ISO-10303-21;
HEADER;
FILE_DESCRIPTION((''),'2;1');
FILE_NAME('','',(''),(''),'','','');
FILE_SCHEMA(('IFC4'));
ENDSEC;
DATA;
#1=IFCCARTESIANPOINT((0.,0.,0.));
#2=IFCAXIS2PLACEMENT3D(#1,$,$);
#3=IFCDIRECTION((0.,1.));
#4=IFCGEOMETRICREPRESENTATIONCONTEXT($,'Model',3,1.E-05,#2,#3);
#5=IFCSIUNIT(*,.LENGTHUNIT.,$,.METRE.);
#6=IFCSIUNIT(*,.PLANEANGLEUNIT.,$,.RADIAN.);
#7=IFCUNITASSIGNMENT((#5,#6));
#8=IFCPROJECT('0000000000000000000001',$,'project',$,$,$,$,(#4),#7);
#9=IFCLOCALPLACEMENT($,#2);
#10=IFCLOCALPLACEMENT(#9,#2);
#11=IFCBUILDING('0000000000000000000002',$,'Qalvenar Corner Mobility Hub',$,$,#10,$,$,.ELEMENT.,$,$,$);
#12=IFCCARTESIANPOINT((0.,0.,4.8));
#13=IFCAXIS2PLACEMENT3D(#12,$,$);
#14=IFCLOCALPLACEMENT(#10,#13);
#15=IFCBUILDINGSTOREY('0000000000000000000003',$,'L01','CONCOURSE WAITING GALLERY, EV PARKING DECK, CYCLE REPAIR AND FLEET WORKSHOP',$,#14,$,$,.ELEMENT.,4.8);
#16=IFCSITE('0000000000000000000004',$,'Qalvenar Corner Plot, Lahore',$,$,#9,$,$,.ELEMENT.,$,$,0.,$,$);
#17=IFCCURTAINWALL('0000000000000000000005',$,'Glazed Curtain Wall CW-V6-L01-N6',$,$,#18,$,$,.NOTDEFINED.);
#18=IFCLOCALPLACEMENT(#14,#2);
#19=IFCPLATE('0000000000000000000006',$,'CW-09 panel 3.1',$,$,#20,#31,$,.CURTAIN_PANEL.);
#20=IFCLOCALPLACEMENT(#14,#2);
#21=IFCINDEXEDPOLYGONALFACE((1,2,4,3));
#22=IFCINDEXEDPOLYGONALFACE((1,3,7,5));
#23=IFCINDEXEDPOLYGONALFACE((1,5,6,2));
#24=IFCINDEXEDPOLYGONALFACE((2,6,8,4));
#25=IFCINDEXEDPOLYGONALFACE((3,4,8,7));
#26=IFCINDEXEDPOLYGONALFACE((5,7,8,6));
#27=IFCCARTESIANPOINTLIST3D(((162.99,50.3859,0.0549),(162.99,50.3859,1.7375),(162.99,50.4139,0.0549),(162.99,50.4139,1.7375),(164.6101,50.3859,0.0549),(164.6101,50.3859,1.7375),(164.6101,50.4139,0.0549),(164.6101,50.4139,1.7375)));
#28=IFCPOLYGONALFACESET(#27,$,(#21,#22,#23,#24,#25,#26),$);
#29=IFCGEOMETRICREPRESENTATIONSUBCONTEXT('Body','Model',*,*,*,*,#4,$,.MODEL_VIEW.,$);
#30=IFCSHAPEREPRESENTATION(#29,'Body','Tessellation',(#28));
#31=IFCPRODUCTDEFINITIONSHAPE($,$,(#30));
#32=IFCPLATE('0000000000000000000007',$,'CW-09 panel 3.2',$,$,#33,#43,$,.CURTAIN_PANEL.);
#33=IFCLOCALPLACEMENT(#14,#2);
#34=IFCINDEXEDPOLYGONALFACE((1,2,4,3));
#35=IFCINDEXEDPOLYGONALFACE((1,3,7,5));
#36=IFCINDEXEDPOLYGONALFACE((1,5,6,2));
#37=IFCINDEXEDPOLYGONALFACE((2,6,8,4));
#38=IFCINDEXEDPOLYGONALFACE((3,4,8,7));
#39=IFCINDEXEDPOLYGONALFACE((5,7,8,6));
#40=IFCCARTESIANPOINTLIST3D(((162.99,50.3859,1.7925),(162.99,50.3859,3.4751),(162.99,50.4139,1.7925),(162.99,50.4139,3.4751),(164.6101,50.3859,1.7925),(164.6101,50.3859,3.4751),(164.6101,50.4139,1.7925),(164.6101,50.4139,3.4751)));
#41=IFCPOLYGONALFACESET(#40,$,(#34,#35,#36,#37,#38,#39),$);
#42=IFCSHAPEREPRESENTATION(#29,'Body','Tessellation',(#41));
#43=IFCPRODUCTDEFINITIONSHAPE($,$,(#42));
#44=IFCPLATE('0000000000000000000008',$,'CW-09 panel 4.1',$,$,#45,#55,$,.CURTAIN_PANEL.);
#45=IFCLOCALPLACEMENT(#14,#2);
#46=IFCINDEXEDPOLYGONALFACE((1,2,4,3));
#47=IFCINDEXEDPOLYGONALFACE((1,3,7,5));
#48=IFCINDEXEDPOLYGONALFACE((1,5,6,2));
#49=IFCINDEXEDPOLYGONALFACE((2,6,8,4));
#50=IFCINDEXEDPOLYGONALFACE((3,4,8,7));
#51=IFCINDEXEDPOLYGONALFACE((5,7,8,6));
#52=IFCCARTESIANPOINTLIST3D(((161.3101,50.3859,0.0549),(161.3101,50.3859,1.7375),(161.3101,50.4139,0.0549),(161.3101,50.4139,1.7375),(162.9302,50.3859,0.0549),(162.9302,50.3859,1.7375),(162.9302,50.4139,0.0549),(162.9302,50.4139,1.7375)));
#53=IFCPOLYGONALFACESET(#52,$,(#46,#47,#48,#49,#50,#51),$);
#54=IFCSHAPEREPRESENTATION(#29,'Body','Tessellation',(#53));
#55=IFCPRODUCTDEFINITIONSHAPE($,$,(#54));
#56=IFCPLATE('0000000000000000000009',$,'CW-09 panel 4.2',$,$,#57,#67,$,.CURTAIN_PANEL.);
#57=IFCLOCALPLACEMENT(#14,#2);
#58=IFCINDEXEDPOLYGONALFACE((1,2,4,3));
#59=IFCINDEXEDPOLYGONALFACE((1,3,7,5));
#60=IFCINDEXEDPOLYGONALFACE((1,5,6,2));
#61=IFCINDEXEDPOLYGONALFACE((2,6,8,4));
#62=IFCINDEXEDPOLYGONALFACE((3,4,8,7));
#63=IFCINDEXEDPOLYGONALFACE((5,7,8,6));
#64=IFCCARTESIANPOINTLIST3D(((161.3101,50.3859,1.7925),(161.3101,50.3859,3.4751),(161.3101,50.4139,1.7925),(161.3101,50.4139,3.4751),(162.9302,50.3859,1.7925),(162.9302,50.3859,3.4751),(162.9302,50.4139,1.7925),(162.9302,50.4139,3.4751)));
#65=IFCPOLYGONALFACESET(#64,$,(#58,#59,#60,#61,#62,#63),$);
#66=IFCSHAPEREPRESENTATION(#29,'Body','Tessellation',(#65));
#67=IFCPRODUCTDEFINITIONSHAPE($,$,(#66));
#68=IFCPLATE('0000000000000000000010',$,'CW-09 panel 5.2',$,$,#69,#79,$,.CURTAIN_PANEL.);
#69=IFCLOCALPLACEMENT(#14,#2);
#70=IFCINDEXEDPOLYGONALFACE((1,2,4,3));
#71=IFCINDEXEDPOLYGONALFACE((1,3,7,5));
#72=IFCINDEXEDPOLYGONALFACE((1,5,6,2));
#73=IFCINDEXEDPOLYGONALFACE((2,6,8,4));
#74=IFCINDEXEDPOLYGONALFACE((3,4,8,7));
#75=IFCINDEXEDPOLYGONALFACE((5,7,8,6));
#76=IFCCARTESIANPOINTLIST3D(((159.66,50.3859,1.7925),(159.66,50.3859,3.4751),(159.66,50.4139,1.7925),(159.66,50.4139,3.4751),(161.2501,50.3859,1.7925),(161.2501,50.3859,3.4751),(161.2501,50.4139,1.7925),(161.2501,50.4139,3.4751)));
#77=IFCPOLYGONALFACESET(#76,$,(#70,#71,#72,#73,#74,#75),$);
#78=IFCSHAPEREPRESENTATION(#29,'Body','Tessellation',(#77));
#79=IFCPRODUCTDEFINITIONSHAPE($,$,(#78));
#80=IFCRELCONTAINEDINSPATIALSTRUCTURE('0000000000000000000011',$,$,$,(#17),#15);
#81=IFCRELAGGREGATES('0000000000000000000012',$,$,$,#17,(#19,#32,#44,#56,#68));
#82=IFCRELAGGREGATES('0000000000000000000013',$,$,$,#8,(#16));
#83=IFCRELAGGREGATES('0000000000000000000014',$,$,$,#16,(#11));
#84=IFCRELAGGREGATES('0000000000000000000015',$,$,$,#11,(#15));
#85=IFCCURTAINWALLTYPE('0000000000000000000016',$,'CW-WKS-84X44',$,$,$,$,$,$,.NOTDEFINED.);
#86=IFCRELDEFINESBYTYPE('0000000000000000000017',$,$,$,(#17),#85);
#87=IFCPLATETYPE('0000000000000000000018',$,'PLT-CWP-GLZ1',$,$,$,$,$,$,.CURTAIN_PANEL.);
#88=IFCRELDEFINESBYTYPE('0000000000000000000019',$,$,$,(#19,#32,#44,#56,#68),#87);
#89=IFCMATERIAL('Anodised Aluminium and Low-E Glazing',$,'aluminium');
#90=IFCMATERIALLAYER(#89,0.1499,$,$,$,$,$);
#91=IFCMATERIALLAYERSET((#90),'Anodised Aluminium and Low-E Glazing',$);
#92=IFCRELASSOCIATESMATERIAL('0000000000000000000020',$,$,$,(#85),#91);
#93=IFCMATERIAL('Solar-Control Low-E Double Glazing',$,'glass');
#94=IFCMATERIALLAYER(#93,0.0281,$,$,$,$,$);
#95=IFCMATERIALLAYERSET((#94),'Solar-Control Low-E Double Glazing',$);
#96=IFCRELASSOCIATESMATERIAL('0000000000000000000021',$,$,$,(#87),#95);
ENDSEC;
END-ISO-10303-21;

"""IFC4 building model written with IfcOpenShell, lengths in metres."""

from ifc_helpers import new_model, si_unit, direction, frame, origin, origin_2d, place, context, subcontext, project, spatial, rectangle, extrude, material, layer, layer_set, type_object, element, aggregate, save


model = new_model("IFC4")

# Units and contexts
model_context = context("Model", 3, precision=1e-05, world=origin(), true_north=direction((0.0, 1.0)))
body_context = subcontext(model_context, "Body", "Model", "MODEL_VIEW")
ifc_project = project(units=[si_unit("LENGTHUNIT", "METRE"), si_unit("PLANEANGLEUNIT", "RADIAN")], contexts=[model_context])

# Site, building, storey
site_placement = place(None, origin())
site = spatial("IfcSite", under=ifc_project, at=site_placement, Name="Qalvenar Corner Plot, Lahore", CompositionType="ELEMENT", RefElevation=0.0)
building_placement = place(site_placement, origin())
building = spatial("IfcBuilding", under=site, at=building_placement, Name="Qalvenar Corner Mobility Hub", CompositionType="ELEMENT")
storey_placement = place(building_placement, frame((0.0, 0.0, 4.8)))
storey = spatial("IfcBuildingStorey", under=building, at=storey_placement, Name="L01", Description="CONCOURSE WAITING GALLERY, EV PARKING DECK, CYCLE REPAIR AND FLEET WORKSHOP", CompositionType="ELEMENT", Elevation=4.8)

# Curtain wall, plates
ifc_material_1 = material(Name="Anodised Aluminium and Low-E Glazing", Category="aluminium")
ifc_layer_1 = layer(ifc_material_1, 0.1499)
ifc_layer_set_1 = layer_set([ifc_layer_1], Name="Anodised Aluminium and Low-E Glazing")
curtain_wall_type = type_object("IfcCurtainWallType", Name="CW-WKS-84X44", PredefinedType="NOTDEFINED", material=ifc_layer_set_1)
curtain_wall_placement = place(storey_placement, origin())
curtain_wall = element("IfcCurtainWall", 1, at=curtain_wall_placement, inside=storey, type_object=curtain_wall_type, Name="Glazed Curtain Wall CW-V6-L01-N6", PredefinedType="NOTDEFINED")
ifc_material_2 = material(Name="Solar-Control Low-E Double Glazing", Category="glass")
ifc_layer_2 = layer(ifc_material_2, 0.0281)
ifc_layer_set_2 = layer_set([ifc_layer_2], Name="Solar-Control Low-E Double Glazing")
plate_type = type_object("IfcPlateType", Name="PLT-CWP-GLZ1", PredefinedType="CURTAIN_PANEL", material=ifc_layer_set_2)
plate_1_placement = place(storey_placement, frame((163.8, 50.3999, 0.0549), z_axis=(0.0, 0.0, 1.0), x_axis=(-1.0, 0.0, 0.0)))
plate_1 = element("IfcPlate", 2, at=plate_1_placement, type_object=plate_type, Name="CW-09 panel 3.1", PredefinedType="CURTAIN_PANEL", context=body_context, shape_type="SweptSolid", body=[
    extrude(rectangle(XDim=1.6201, YDim=0.0281, at=origin_2d()), origin(), (0.0, 0.0, 1.0), 1.6826),
])
plate_2_placement = place(storey_placement, frame((163.8, 50.3999, 1.7925), z_axis=(0.0, 0.0, 1.0), x_axis=(-1.0, 0.0, 0.0)))
plate_2 = element("IfcPlate", 3, at=plate_2_placement, type_object=plate_type, Name="CW-09 panel 3.2", PredefinedType="CURTAIN_PANEL", context=body_context, shape_type="SweptSolid", body=[
    extrude(rectangle(XDim=1.6201, YDim=0.0281, at=origin_2d()), origin(), (0.0, 0.0, 1.0), 1.6826),
])
plate_3_placement = place(storey_placement, frame((162.1201, 50.3999, 0.0549), z_axis=(0.0, 0.0, 1.0), x_axis=(-1.0, 0.0, 0.0)))
plate_3 = element("IfcPlate", 4, at=plate_3_placement, type_object=plate_type, Name="CW-09 panel 4.1", PredefinedType="CURTAIN_PANEL", context=body_context, shape_type="SweptSolid", body=[
    extrude(rectangle(XDim=1.6201, YDim=0.0281, at=origin_2d()), origin(), (0.0, 0.0, 1.0), 1.6826),
])
plate_4_placement = place(storey_placement, frame((162.1201, 50.3999, 1.7925), z_axis=(0.0, 0.0, 1.0), x_axis=(-1.0, 0.0, 0.0)))
plate_4 = element("IfcPlate", 5, at=plate_4_placement, type_object=plate_type, Name="CW-09 panel 4.2", PredefinedType="CURTAIN_PANEL", context=body_context, shape_type="SweptSolid", body=[
    extrude(rectangle(XDim=1.6201, YDim=0.0281, at=origin_2d()), origin(), (0.0, 0.0, 1.0), 1.6826),
])
plate_5_placement = place(storey_placement, frame((160.4551, 50.3999, 1.7925), z_axis=(0.0, 0.0, 1.0), x_axis=(-1.0, 0.0, 0.0)))
plate_5 = element("IfcPlate", 6, at=plate_5_placement, type_object=plate_type, Name="CW-09 panel 5.2", PredefinedType="CURTAIN_PANEL", context=body_context, shape_type="SweptSolid", body=[
    extrude(rectangle(XDim=1.5901, YDim=0.0281, at=origin_2d()), origin(), (0.0, 0.0, 1.0), 1.6826),
])
aggregate(curtain_wall, [plate_1, plate_2, plate_3, plate_4, plate_5])

save(model, "model.ifc")
